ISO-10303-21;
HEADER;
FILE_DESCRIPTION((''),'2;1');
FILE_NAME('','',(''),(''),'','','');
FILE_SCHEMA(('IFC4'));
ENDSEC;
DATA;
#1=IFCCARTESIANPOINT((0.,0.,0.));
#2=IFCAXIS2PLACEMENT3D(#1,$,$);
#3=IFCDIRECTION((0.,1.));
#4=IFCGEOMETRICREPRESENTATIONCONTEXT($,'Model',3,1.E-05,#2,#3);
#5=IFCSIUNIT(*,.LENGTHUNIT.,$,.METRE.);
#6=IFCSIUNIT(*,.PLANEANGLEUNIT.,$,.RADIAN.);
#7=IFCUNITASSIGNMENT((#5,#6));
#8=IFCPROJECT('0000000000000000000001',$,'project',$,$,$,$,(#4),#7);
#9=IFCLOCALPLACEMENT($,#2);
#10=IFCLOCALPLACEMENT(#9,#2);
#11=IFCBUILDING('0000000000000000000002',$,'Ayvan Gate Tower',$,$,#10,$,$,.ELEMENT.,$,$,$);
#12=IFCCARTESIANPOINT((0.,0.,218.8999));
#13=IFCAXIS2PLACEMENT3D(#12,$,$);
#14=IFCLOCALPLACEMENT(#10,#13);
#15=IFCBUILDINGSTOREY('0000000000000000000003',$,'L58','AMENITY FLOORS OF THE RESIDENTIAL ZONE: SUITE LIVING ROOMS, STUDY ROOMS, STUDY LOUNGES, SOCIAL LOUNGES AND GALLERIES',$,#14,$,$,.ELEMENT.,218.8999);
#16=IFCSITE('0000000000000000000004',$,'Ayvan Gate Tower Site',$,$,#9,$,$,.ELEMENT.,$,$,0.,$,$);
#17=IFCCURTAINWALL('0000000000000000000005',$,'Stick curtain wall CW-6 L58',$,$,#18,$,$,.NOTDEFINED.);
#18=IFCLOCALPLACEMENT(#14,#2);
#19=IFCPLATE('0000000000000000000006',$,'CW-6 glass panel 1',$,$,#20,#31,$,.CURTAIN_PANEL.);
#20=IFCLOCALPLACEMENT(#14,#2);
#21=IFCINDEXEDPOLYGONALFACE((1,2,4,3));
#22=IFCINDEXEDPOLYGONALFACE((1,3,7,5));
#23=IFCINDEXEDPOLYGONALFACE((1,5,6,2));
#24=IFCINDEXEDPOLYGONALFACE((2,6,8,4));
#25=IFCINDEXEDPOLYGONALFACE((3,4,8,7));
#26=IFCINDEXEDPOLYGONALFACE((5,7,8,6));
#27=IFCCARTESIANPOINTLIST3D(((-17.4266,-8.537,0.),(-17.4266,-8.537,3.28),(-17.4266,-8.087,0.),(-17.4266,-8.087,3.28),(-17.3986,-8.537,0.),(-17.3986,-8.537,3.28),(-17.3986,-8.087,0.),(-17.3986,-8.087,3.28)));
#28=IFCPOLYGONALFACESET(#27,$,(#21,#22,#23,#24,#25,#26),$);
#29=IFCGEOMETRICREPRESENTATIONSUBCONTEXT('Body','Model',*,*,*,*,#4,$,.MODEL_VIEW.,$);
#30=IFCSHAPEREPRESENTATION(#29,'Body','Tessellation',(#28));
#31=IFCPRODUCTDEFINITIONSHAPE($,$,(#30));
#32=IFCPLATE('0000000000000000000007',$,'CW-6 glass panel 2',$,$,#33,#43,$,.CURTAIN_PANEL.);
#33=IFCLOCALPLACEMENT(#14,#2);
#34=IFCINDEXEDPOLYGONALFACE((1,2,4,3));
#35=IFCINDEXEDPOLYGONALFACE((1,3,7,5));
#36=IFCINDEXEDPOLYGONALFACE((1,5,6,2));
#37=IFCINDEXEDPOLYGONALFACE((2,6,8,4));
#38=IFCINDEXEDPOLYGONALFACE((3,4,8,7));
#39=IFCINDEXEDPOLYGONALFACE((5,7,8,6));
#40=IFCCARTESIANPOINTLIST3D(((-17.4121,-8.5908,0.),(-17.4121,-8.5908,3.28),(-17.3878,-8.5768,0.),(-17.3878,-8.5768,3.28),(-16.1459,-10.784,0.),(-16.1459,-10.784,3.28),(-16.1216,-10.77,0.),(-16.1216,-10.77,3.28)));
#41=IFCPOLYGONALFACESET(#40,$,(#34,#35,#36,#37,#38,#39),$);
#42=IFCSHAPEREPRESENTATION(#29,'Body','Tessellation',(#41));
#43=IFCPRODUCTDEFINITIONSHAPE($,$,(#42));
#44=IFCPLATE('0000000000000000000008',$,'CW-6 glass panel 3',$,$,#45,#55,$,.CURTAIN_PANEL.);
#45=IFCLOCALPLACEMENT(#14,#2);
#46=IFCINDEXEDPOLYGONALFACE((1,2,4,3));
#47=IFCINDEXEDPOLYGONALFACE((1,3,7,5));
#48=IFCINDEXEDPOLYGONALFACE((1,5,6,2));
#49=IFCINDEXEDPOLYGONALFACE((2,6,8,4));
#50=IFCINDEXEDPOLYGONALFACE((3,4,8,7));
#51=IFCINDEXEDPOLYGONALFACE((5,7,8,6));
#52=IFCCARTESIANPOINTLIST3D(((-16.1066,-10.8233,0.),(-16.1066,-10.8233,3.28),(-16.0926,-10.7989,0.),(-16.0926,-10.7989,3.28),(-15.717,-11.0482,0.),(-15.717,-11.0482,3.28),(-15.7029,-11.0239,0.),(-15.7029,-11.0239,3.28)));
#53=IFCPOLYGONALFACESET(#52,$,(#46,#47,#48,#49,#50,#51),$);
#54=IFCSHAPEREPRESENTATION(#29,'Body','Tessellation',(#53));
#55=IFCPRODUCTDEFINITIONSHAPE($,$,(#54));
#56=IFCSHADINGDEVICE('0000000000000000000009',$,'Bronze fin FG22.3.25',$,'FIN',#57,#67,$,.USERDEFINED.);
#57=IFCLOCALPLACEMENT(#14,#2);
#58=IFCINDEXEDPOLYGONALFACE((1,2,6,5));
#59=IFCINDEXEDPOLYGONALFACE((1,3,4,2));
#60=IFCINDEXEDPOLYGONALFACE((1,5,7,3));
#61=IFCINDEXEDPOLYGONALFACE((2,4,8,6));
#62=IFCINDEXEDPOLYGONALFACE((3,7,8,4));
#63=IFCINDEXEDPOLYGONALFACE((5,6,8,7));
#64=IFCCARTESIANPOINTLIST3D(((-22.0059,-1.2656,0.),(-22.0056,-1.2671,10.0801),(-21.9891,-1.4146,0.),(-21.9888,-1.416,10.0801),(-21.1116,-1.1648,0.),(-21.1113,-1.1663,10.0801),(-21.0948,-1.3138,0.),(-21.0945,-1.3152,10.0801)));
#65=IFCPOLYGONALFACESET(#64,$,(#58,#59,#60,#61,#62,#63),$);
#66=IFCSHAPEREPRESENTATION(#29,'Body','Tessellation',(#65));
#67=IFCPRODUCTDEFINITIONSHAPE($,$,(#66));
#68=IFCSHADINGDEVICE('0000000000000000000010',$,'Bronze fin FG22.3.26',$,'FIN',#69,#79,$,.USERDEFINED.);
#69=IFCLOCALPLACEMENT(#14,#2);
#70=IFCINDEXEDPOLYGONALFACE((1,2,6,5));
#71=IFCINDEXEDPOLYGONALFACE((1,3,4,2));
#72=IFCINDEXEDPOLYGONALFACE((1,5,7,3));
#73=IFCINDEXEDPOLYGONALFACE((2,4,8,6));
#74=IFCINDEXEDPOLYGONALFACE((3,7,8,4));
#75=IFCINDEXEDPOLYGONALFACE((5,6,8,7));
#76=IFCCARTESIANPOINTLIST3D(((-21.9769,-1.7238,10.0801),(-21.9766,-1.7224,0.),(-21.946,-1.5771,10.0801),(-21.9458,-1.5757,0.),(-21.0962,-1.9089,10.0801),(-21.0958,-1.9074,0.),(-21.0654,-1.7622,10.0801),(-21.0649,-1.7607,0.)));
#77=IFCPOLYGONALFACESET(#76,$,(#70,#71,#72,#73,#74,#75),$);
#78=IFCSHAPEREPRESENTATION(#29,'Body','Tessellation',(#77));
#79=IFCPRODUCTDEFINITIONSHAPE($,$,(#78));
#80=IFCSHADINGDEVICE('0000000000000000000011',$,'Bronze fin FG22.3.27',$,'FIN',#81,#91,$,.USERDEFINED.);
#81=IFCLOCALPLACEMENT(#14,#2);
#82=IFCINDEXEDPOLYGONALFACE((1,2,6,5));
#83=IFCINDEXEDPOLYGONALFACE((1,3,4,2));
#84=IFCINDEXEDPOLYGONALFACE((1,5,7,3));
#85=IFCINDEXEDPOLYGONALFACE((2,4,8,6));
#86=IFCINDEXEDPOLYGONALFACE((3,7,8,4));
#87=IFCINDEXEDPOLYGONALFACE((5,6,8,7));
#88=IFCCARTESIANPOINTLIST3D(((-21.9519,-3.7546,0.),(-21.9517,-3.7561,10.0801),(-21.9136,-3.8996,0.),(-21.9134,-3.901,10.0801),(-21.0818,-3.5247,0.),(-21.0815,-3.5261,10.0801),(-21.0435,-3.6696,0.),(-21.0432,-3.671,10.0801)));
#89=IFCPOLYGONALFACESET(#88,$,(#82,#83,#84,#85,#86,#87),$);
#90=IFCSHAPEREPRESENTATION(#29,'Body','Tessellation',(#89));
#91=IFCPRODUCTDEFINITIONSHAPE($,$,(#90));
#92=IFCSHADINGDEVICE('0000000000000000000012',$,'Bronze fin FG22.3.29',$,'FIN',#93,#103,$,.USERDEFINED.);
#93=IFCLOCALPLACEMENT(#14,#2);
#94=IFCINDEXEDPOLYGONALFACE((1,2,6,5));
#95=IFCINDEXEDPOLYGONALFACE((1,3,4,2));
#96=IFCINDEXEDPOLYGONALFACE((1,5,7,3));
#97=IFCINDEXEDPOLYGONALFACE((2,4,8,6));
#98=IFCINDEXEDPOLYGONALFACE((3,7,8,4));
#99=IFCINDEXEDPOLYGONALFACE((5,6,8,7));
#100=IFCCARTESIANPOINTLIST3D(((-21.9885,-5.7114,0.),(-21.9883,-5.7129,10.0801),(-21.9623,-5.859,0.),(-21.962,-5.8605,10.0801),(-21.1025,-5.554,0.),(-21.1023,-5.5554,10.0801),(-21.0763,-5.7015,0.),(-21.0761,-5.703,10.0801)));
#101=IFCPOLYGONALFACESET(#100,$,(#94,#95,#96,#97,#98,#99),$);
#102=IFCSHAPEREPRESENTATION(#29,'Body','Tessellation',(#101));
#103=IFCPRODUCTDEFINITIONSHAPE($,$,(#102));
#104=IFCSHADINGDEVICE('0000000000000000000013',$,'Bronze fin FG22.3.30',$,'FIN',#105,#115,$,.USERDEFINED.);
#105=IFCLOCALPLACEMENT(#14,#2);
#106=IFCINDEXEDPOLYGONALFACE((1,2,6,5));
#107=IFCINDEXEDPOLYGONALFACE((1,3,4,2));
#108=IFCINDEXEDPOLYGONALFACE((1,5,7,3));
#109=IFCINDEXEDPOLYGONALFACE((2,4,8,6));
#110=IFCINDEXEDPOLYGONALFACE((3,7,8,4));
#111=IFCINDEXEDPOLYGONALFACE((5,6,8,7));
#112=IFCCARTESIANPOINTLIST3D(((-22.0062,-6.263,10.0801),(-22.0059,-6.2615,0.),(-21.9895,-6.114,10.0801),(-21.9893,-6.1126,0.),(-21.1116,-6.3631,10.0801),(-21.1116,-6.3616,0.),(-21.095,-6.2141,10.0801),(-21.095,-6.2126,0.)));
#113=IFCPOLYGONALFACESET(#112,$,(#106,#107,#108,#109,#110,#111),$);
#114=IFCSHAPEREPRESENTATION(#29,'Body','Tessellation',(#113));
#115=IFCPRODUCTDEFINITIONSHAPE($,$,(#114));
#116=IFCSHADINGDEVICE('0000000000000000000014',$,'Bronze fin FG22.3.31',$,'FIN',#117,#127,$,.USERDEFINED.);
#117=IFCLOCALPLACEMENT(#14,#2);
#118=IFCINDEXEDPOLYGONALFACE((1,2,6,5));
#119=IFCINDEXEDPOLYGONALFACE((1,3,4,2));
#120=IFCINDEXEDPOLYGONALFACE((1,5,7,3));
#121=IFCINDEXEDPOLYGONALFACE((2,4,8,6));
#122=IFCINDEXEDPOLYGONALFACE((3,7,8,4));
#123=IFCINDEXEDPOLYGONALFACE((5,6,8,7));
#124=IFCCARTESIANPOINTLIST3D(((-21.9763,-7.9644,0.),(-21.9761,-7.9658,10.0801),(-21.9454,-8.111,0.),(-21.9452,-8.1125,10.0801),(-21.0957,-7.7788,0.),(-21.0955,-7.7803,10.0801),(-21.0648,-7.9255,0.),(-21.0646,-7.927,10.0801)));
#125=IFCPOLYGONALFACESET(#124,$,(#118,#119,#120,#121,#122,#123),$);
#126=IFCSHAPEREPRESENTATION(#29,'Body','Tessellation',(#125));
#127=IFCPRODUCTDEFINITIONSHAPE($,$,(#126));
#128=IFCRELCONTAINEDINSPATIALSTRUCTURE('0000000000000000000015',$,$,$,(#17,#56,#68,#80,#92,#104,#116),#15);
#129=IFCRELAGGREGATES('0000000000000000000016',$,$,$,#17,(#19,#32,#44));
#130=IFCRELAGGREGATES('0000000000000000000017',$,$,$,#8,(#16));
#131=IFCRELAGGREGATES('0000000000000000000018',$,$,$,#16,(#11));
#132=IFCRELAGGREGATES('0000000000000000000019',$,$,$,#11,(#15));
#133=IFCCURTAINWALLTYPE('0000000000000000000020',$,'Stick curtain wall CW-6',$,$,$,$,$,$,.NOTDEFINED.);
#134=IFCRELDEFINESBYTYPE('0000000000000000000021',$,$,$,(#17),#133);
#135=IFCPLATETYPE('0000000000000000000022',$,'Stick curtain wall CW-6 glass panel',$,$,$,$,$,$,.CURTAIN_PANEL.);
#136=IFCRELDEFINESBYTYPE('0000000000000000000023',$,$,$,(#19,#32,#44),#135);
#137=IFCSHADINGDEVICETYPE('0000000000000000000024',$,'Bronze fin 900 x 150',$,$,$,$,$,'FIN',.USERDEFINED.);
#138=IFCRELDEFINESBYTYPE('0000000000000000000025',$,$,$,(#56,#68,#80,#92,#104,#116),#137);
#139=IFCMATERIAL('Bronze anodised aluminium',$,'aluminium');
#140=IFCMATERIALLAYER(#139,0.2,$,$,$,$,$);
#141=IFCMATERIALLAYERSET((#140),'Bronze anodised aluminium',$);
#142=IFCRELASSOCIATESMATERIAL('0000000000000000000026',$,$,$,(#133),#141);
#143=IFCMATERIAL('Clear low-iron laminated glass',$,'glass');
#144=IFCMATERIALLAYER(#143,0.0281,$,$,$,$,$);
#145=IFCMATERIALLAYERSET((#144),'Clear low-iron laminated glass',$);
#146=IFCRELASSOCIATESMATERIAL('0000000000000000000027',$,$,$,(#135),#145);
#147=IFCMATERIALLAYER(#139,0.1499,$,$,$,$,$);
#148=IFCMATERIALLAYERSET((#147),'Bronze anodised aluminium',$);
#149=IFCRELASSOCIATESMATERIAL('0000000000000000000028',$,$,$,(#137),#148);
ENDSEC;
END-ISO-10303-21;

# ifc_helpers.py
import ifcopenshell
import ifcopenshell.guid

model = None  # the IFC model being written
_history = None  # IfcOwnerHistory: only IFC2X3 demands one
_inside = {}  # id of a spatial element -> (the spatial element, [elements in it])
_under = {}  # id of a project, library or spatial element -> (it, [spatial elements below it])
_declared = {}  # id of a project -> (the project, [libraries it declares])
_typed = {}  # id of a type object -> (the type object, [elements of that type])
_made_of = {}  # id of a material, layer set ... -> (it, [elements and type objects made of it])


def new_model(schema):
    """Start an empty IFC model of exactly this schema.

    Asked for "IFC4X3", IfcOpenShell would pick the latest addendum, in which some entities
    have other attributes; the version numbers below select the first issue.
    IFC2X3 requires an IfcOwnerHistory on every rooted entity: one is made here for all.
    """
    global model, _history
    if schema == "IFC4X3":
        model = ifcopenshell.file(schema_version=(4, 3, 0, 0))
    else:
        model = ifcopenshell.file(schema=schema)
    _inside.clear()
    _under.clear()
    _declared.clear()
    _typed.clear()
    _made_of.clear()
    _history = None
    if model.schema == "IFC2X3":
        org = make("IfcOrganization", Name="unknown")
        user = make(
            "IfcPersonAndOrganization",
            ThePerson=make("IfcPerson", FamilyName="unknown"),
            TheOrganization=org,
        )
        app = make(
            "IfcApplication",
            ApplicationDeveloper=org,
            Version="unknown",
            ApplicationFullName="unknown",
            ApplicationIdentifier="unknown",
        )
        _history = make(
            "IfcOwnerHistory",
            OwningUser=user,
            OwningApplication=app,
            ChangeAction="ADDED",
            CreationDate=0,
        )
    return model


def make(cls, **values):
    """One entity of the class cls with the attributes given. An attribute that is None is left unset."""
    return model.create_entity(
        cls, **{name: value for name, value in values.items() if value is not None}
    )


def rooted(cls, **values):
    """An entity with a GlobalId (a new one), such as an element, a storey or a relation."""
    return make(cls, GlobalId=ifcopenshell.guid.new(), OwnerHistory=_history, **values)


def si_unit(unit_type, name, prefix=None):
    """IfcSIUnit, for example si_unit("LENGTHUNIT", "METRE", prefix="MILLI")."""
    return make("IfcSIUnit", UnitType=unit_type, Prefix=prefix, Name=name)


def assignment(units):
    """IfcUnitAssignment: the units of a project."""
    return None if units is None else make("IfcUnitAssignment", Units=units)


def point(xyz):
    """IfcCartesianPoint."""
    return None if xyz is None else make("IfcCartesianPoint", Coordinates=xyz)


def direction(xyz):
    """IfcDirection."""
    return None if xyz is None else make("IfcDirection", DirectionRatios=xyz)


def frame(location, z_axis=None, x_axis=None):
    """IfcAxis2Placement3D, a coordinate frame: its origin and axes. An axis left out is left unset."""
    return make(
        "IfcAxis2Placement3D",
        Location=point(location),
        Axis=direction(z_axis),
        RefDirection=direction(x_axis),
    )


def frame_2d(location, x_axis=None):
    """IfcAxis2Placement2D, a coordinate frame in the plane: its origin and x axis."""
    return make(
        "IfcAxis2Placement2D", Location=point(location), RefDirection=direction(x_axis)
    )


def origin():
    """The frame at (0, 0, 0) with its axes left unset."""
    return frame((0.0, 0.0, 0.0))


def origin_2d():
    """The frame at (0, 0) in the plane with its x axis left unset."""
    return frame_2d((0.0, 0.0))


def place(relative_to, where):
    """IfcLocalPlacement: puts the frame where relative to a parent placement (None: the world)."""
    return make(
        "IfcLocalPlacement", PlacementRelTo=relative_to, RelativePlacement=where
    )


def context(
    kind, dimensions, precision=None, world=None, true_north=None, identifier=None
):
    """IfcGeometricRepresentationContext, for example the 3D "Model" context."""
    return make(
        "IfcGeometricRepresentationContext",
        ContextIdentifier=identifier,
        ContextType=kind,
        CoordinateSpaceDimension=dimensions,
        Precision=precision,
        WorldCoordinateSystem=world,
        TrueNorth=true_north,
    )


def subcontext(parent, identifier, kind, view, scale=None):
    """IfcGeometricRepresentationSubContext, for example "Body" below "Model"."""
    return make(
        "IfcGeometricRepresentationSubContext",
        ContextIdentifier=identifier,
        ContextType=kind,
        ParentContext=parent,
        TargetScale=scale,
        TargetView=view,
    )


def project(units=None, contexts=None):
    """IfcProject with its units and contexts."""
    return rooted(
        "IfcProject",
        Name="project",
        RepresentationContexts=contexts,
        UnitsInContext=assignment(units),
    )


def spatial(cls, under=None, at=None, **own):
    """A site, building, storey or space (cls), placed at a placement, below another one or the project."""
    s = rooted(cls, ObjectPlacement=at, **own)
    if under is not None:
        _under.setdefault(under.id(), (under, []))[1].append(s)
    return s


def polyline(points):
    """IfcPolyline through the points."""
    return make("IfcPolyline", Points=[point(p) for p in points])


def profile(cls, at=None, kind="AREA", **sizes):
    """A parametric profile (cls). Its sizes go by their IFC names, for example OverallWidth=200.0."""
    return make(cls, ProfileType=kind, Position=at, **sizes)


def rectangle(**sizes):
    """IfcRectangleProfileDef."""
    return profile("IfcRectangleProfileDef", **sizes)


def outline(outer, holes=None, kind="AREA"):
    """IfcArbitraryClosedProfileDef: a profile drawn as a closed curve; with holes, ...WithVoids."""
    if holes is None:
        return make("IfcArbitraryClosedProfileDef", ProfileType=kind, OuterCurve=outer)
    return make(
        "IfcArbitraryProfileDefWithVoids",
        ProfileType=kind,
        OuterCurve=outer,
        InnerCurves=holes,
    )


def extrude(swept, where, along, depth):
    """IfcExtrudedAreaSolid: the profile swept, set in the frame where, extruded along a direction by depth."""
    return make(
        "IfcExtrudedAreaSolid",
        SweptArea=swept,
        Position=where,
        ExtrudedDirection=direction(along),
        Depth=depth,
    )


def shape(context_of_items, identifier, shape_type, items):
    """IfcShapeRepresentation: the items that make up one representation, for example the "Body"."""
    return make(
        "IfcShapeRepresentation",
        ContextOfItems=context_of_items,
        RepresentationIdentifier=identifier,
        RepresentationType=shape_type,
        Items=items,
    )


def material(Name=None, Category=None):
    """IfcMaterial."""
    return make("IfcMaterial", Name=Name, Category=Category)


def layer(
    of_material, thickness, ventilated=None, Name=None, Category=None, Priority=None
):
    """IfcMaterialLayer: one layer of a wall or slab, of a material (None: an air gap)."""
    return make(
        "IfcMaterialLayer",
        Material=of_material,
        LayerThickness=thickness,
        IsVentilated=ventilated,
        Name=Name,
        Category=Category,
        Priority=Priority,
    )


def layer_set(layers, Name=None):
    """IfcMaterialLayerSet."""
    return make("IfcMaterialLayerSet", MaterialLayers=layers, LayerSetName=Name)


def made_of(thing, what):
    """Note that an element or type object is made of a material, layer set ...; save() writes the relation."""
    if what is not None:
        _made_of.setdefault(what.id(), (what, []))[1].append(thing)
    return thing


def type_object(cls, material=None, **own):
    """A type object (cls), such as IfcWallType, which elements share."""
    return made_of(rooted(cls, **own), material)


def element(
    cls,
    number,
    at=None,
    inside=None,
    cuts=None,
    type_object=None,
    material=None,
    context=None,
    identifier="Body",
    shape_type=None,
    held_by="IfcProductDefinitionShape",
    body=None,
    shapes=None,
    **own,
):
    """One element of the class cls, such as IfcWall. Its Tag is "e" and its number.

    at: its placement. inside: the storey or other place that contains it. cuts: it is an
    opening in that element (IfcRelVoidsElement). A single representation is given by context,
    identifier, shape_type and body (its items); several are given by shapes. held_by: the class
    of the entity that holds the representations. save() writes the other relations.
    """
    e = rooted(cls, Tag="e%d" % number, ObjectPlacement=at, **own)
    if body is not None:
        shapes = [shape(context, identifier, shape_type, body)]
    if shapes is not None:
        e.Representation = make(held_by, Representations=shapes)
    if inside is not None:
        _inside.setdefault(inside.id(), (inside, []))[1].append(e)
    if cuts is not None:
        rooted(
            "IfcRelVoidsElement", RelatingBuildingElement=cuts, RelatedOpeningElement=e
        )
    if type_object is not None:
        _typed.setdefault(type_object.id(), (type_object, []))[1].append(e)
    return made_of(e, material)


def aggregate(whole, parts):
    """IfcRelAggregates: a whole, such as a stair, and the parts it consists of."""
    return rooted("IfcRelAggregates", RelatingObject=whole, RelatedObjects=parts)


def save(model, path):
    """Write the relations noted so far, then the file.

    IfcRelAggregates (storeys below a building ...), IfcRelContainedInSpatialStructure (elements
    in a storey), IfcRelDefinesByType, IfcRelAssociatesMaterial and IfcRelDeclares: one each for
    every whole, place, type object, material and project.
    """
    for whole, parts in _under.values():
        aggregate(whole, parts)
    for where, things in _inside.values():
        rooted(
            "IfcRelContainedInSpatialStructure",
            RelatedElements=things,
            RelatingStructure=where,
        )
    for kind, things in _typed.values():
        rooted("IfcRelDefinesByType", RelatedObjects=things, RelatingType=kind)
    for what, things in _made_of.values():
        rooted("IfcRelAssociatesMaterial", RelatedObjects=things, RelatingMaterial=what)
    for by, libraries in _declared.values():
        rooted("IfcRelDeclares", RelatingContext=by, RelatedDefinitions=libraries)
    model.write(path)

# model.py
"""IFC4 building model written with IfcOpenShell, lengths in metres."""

from ifc_helpers import new_model, si_unit, direction, frame, origin, origin_2d, place, context, subcontext, project, spatial, polyline, rectangle, outline, extrude, material, layer, layer_set, type_object, element, aggregate, save


model = new_model("IFC4")

# Units and contexts
model_context = context("Model", 3, precision=1e-05, world=origin(), true_north=direction((0.0, 1.0)))
body_context = subcontext(model_context, "Body", "Model", "MODEL_VIEW")
ifc_project = project(units=[si_unit("LENGTHUNIT", "METRE"), si_unit("PLANEANGLEUNIT", "RADIAN")], contexts=[model_context])

# Site, building, storey
site_placement = place(None, origin())
site = spatial("IfcSite", under=ifc_project, at=site_placement, Name="Ayvan Gate Tower Site", CompositionType="ELEMENT", RefElevation=0.0)
building_placement = place(site_placement, origin())
building = spatial("IfcBuilding", under=site, at=building_placement, Name="Ayvan Gate Tower", CompositionType="ELEMENT")
storey_placement = place(building_placement, frame((0.0, 0.0, 218.8999)))
storey = spatial("IfcBuildingStorey", under=building, at=storey_placement, Name="L58", Description="AMENITY FLOORS OF THE RESIDENTIAL ZONE: SUITE LIVING ROOMS, STUDY ROOMS, STUDY LOUNGES, SOCIAL LOUNGES AND GALLERIES", CompositionType="ELEMENT", Elevation=218.8999)

# Curtain wall
ifc_material_1 = material(Name="Bronze anodised aluminium", Category="aluminium")
ifc_layer_1 = layer(ifc_material_1, 0.2)
ifc_layer_set_1 = layer_set([ifc_layer_1], Name="Bronze anodised aluminium")
curtain_wall_type_1 = type_object("IfcCurtainWallType", Name="Stick curtain wall CW-6", PredefinedType="NOTDEFINED", material=ifc_layer_set_1)
curtain_wall_1_placement = place(storey_placement, origin())
curtain_wall_1 = element("IfcCurtainWall", 1, at=curtain_wall_1_placement, inside=storey, type_object=curtain_wall_type_1, Name="Stick curtain wall CW-6 L58", PredefinedType="NOTDEFINED")

# Plates
ifc_material_2 = material(Name="Clear low-iron laminated glass", Category="glass")
ifc_layer_2 = layer(ifc_material_2, 0.0281)
ifc_layer_set_2 = layer_set([ifc_layer_2], Name="Clear low-iron laminated glass")
plate_type_1 = type_object("IfcPlateType", Name="Stick curtain wall CW-6 glass panel", PredefinedType="CURTAIN_PANEL", material=ifc_layer_set_2)
plate_1_placement = place(storey_placement, frame((-17.4126, -8.312, 0.0), z_axis=(0.0, 0.0, 1.0), x_axis=(0.0, -1.0, 0.0)))
plate_1 = element("IfcPlate", 2, at=plate_1_placement, type_object=plate_type_1, Name="CW-6 glass panel 1", PredefinedType="CURTAIN_PANEL", context=body_context, shape_type="SweptSolid", body=[
    extrude(rectangle(XDim=0.45, YDim=0.0281, at=origin_2d()), origin(), (0.0, 0.0, 1.0), 3.28),
])
plate_2_placement = place(storey_placement, frame((-16.7668, -9.6804, 0.0), z_axis=(0.0, 0.0, 1.0), x_axis=(0.5, -0.866025, 0.0)))
plate_2 = element("IfcPlate", 3, at=plate_2_placement, type_object=plate_type_1, Name="CW-6 glass panel 2", PredefinedType="CURTAIN_PANEL", context=body_context, shape_type="SweptSolid", body=[
    extrude(rectangle(XDim=2.5325, YDim=0.0281, at=origin_2d()), origin(), (0.0, 0.0, 1.0), 3.28),
])
plate_3_placement = place(storey_placement, frame((-15.9048, -10.9236, 0.0), z_axis=(0.0, 0.0, 1.0), x_axis=(0.866025, -0.5, 0.0)))
plate_3 = element("IfcPlate", 4, at=plate_3_placement, type_object=plate_type_1, Name="CW-6 glass panel 3", PredefinedType="CURTAIN_PANEL", context=body_context, shape_type="SweptSolid", body=[
    extrude(rectangle(XDim=0.45, YDim=0.0281, at=origin_2d()), origin(), (0.0, 0.0, 1.0), 3.28),
])
aggregate(curtain_wall_1, [plate_1, plate_2, plate_3])

# Shading devices
ifc_layer_3 = layer(ifc_material_1, 0.1499)
ifc_layer_set_3 = layer_set([ifc_layer_3], Name="Bronze anodised aluminium")
shading_device_type = type_object("IfcShadingDeviceType", Name="Bronze fin 900 x 150", ElementType="FIN", PredefinedType="USERDEFINED", material=ifc_layer_set_3)
shading_device_1_placement = place(storey_placement, frame((-21.1116, -1.1648, 0.0), z_axis=(-0.112039, 0.993704, 0.000147), x_axis=(-0.993704, -0.112039, 0.0)))
element("IfcShadingDevice", 5, at=shading_device_1_placement, inside=storey, type_object=shading_device_type, Name="Bronze fin FG22.3.25", ObjectType="FIN", PredefinedType="USERDEFINED", context=body_context, shape_type="SweptSolid", body=[
    extrude(outline(polyline([(0.0, 0.0), (0.9, 0.0), (0.8999, 10.0801), (-0.0001, 10.0801), (0.0, 0.0)])), origin(), (0.0, 0.0, -1.0), 0.1499),
])
shading_device_2_placement = place(storey_placement, frame((-21.0649, -1.7607, 0.0), z_axis=(0.205628, 0.97863, 0.00015), x_axis=(-0.97863, 0.205628, 0.0)))
element("IfcShadingDevice", 6, at=shading_device_2_placement, inside=storey, type_object=shading_device_type, Name="Bronze fin FG22.3.26", ObjectType="FIN", PredefinedType="USERDEFINED", context=body_context, shape_type="SweptSolid", body=[
    extrude(outline(polyline([(0.0, 0.0), (0.9001, 0.0), (0.9, 10.0801), (0.0002, 10.0801), (0.0, 0.0)])), origin(), (0.0, 0.0, -1.0), 0.1499),
])
shading_device_3_placement = place(storey_placement, frame((-21.0818, -3.5247, 0.0), z_axis=(-0.255535, 0.9668, 0.000147), x_axis=(-0.9668, -0.255535, 0.0)))
element("IfcShadingDevice", 7, at=shading_device_3_placement, inside=storey, type_object=shading_device_type, Name="Bronze fin FG22.3.27", ObjectType="FIN", PredefinedType="USERDEFINED", context=body_context, shape_type="SweptSolid", body=[
    extrude(outline(polyline([(0.0, 0.0), (0.9, 0.0), (0.9001, 10.0801), (0.0001, 10.0801), (0.0, 0.0)])), origin(), (0.0, 0.0, -1.0), 0.1499),
])
shading_device_4_placement = place(storey_placement, frame((-21.1025, -5.554, 0.0), z_axis=(-0.174992, 0.98457, 0.000147), x_axis=(-0.98457, -0.174992, 0.0)))
element("IfcShadingDevice", 8, at=shading_device_4_placement, inside=storey, type_object=shading_device_type, Name="Bronze fin FG22.3.29", ObjectType="FIN", PredefinedType="USERDEFINED", context=body_context, shape_type="SweptSolid", body=[
    extrude(outline(polyline([(0.0, 0.0), (0.8999, 0.0), (0.8999, 10.0801), (0.0, 10.0801), (0.0, 0.0)])), origin(), (0.0, 0.0, -1.0), 0.1499),
])
shading_device_5_placement = place(storey_placement, frame((-21.095, -6.2126, 0.0), z_axis=(0.11122, 0.993796, 0.000146), x_axis=(-0.993796, 0.11122, 0.0)))
element("IfcShadingDevice", 9, at=shading_device_5_placement, inside=storey, type_object=shading_device_type, Name="Bronze fin FG22.3.30", ObjectType="FIN", PredefinedType="USERDEFINED", context=body_context, shape_type="SweptSolid", body=[
    extrude(outline(polyline([(0.0, 0.0), (0.8999, 0.0), (0.9, 10.0801), (-0.0002, 10.0801), (0.0, 0.0)])), origin(), (0.0, 0.0, -1.0), 0.1499),
])
shading_device_6_placement = place(storey_placement, frame((-21.0957, -7.7788, 0.0), z_axis=(-0.206175, 0.978515, 0.000147), x_axis=(-0.978515, -0.206175, 0.0)))
element("IfcShadingDevice", 10, at=shading_device_6_placement, inside=storey, type_object=shading_device_type, Name="Bronze fin FG22.3.31", ObjectType="FIN", PredefinedType="USERDEFINED", context=body_context, shape_type="SweptSolid", body=[
    extrude(outline(polyline([(0.0, 0.0), (0.9, 0.0), (0.9, 10.0801), (0.0001, 10.0801), (0.0, 0.0)])), origin(), (0.0, 0.0, -1.0), 0.1499),
])

save(model, "model.ifc")
